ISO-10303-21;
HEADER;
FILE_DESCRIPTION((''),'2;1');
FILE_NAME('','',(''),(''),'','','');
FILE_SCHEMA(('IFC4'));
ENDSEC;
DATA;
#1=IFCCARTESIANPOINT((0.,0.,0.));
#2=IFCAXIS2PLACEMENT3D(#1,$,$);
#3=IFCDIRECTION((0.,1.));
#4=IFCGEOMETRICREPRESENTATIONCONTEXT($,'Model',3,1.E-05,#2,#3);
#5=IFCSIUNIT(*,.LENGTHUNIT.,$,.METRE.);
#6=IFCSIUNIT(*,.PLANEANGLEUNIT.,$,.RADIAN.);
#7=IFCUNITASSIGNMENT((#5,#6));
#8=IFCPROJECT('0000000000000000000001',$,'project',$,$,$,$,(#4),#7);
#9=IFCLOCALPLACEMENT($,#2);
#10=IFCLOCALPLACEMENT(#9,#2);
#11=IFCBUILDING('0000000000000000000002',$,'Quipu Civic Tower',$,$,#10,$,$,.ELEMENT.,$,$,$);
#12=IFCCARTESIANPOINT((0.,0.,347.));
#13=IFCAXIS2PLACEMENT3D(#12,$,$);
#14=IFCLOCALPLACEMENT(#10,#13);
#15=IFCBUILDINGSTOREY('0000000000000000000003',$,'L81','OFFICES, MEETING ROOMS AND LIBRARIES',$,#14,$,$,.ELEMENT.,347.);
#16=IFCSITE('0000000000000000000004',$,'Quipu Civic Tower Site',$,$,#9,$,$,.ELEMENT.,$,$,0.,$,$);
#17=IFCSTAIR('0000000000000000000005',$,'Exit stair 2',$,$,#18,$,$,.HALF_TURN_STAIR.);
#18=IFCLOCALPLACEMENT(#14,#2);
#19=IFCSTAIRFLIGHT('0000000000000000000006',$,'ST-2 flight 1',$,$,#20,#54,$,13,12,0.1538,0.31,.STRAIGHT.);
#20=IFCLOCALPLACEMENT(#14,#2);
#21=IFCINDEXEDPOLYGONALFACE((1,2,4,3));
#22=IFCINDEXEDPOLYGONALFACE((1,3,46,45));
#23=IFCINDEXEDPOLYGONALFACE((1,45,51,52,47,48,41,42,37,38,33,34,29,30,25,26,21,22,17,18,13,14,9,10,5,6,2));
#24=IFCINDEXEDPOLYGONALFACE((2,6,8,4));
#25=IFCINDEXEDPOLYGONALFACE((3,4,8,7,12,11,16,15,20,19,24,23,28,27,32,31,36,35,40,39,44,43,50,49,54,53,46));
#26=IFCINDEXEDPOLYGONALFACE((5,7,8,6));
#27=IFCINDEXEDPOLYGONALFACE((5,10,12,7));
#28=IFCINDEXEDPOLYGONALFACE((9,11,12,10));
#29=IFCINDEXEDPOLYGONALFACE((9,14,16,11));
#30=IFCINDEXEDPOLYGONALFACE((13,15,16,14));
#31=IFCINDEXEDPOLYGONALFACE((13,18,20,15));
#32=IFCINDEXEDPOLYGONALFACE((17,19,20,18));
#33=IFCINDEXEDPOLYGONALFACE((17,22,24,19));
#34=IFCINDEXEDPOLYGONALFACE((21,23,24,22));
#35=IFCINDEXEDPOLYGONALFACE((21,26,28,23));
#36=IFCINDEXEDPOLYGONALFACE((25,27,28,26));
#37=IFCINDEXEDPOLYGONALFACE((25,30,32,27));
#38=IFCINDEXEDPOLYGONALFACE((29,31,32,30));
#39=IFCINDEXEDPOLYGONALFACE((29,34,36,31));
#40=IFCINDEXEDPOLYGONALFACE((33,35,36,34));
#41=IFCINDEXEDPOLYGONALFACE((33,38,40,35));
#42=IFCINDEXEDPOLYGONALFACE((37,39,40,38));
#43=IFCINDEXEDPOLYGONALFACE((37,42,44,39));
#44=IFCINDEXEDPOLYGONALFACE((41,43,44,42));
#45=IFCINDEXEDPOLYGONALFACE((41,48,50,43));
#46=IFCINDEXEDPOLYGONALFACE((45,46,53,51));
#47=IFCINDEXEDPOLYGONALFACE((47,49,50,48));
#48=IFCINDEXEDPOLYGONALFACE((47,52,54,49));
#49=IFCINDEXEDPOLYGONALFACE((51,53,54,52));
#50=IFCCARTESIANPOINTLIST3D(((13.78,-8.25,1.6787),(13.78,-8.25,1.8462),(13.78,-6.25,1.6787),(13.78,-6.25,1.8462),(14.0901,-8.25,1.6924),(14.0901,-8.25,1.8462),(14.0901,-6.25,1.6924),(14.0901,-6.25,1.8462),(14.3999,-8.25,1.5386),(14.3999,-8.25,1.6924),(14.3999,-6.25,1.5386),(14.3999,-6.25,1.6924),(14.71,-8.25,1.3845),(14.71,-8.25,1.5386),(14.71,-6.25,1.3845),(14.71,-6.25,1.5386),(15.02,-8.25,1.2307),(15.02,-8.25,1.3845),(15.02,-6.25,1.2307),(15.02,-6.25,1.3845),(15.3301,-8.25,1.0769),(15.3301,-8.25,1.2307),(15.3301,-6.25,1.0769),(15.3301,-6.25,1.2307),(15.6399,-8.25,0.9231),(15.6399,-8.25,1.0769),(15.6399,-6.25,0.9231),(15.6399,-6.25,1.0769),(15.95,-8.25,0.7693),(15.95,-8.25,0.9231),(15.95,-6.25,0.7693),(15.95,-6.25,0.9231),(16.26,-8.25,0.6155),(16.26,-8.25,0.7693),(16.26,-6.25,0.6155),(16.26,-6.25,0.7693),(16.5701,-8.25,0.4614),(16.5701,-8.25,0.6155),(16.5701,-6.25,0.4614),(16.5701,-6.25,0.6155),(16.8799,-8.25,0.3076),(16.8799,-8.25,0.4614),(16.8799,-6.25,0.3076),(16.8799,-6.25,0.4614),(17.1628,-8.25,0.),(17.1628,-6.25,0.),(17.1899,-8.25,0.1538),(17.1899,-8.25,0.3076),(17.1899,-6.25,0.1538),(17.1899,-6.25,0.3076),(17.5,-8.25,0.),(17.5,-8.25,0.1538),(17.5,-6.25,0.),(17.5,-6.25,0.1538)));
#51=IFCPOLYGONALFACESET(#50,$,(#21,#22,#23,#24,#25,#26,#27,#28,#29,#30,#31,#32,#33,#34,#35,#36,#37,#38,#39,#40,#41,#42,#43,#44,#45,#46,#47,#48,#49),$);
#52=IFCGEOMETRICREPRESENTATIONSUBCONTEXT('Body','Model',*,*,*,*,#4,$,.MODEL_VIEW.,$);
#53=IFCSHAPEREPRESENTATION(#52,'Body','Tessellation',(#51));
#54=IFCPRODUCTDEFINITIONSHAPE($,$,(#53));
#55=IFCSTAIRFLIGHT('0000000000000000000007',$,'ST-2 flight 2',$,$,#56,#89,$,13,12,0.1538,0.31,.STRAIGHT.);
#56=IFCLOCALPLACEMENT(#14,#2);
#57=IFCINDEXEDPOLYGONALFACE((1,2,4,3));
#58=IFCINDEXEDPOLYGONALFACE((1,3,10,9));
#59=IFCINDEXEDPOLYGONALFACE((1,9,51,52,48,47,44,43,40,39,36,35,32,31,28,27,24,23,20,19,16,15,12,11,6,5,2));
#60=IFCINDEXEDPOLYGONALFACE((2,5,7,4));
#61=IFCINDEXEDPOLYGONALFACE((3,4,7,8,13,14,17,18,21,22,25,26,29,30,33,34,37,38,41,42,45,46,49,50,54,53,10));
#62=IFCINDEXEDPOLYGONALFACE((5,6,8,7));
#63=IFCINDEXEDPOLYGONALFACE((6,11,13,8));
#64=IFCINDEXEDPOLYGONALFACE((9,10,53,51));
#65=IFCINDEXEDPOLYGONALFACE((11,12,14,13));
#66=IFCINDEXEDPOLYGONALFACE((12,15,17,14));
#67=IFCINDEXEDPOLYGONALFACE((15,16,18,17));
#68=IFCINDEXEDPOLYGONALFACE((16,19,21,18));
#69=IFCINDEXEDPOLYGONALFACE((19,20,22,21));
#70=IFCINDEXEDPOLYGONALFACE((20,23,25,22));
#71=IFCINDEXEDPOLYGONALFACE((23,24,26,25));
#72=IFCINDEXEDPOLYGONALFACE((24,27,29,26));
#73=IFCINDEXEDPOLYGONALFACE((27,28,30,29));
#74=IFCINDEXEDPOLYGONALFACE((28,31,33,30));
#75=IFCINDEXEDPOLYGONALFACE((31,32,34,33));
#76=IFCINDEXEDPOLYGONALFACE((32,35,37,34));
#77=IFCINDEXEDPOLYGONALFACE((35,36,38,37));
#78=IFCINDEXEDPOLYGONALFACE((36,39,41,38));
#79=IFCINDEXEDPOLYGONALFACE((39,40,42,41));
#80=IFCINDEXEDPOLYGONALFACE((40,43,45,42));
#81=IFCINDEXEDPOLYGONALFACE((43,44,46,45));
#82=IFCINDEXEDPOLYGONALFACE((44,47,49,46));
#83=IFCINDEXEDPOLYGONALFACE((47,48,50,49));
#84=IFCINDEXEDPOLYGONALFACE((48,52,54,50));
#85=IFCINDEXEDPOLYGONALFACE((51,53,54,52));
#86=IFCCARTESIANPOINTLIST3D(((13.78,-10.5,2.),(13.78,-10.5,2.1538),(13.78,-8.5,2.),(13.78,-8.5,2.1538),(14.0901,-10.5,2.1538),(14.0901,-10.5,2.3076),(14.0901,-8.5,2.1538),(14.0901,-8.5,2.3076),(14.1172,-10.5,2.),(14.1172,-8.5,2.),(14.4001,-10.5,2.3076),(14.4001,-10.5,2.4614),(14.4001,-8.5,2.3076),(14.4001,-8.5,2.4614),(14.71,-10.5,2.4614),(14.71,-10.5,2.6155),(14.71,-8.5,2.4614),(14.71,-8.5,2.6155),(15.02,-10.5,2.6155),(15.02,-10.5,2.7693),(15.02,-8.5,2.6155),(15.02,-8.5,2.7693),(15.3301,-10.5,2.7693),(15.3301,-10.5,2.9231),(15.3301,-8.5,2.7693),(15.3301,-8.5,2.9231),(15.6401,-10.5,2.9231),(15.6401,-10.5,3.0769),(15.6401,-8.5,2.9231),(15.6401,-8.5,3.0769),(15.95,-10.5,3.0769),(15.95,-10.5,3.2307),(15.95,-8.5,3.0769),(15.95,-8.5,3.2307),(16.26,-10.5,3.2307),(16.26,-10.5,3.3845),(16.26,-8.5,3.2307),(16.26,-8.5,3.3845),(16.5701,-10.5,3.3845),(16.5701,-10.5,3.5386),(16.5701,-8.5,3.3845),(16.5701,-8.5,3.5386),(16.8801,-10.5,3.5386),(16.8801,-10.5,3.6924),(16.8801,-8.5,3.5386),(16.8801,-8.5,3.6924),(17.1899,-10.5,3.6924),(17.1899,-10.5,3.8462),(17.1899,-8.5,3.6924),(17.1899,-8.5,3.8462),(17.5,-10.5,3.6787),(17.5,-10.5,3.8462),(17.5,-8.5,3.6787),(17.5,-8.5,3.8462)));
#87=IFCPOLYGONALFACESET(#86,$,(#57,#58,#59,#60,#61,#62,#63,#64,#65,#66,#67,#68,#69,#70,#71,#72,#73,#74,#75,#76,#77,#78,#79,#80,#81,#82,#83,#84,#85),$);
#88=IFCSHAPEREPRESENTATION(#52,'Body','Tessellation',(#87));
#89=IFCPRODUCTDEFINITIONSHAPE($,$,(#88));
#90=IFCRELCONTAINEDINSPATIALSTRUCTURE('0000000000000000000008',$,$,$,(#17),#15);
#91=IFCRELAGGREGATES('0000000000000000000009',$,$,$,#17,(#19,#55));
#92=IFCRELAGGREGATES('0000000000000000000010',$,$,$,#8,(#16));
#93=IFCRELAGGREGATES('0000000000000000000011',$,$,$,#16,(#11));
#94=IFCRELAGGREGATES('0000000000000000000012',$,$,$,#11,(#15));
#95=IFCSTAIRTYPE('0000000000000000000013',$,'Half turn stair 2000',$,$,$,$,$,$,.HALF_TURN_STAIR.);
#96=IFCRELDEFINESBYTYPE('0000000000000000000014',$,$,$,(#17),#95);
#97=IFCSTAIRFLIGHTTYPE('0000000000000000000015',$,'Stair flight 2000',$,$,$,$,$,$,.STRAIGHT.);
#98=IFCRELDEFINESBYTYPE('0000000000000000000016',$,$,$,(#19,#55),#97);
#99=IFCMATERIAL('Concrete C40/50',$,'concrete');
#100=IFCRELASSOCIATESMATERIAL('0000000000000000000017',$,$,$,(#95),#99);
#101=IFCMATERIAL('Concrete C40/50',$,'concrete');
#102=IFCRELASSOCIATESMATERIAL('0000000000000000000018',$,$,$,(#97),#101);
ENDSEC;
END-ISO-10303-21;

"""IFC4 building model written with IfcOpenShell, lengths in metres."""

from ifc_helpers import new_model, si_unit, direction, frame, origin, place, context, subcontext, project, spatial, polyline, outline, extrude, material, type_object, element, aggregate, save


model = new_model("IFC4")

# Units and contexts
model_context = context("Model", 3, precision=1e-05, world=origin(), true_north=direction((0.0, 1.0)))
body_context = subcontext(model_context, "Body", "Model", "MODEL_VIEW")
ifc_project = project(units=[si_unit("LENGTHUNIT", "METRE"), si_unit("PLANEANGLEUNIT", "RADIAN")], contexts=[model_context])

# Site, building, storey
site_placement = place(None, origin())
site = spatial("IfcSite", under=ifc_project, at=site_placement, Name="Quipu Civic Tower Site", CompositionType="ELEMENT", RefElevation=0.0)
building_placement = place(site_placement, origin())
building = spatial("IfcBuilding", under=site, at=building_placement, Name="Quipu Civic Tower", CompositionType="ELEMENT")
storey_placement = place(building_placement, frame((0.0, 0.0, 347.0)))
storey = spatial("IfcBuildingStorey", under=building, at=storey_placement, Name="L81", Description="OFFICES, MEETING ROOMS AND LIBRARIES", CompositionType="ELEMENT", Elevation=347.0)

# Stair, stair flights
ifc_material_1 = material(Name="Concrete C40/50", Category="concrete")
stair_type = type_object("IfcStairType", Name="Half turn stair 2000", PredefinedType="HALF_TURN_STAIR", material=ifc_material_1)
stair_placement = place(storey_placement, origin())
stair = element("IfcStair", 1, at=stair_placement, inside=storey, type_object=stair_type, Name="Exit stair 2", PredefinedType="HALF_TURN_STAIR")
ifc_material_2 = material(Name="Concrete C40/50", Category="concrete")
stair_flight_type = type_object("IfcStairFlightType", Name="Stair flight 2000", PredefinedType="STRAIGHT", material=ifc_material_2)
stair_flight_1_placement = place(storey_placement, frame((17.5, -7.25, 0.0), z_axis=(0.0, 0.0, 1.0), x_axis=(-1.0, 0.0, 0.0)))
stair_flight_1 = element("IfcStairFlight", 2, at=stair_flight_1_placement, type_object=stair_flight_type, Name="ST-2 flight 1", NumberOfRisers=13, NumberOfTreads=12, PredefinedType="STRAIGHT", RiserHeight=0.1538, TreadLength=0.31, context=body_context, shape_type="SweptSolid", body=[
    extrude(outline(polyline([(0.0, 0.0), (0.0, 0.1538), (0.3101, 0.1538), (0.3101, 0.3076), (0.6201, 0.3076), (0.6201, 0.4614), (0.9299, 0.4614), (0.9299, 0.6155), (1.24, 0.6155), (1.24, 0.7693), (1.55, 0.7693), (1.55, 0.9231), (1.8601, 0.9231), (1.8601, 1.0769), (2.1699, 1.0769), (2.1699, 1.2307), (2.48, 1.2307), (2.48, 1.3845), (2.79, 1.3845), (2.79, 1.5386), (3.1001, 1.5386), (3.1001, 1.6924), (3.4099, 1.6924), (3.4099, 1.8462), (3.72, 1.8462), (3.72, 2.0), (3.72, 1.6787), (0.3372, 0.0), (0.0, 0.0)])), frame((0.0, 1.0, 0.0), z_axis=(0.0, -1.0, 0.0), x_axis=(1.0, 0.0, 0.0)), (0.0, 0.0, 1.0), 2.0),
])
stair_flight_2_placement = place(storey_placement, frame((13.78, -9.5, 2.0), z_axis=(0.0, 0.0, 1.0), x_axis=(1.0, 0.0, 0.0)))
stair_flight_2 = element("IfcStairFlight", 3, at=stair_flight_2_placement, type_object=stair_flight_type, Name="ST-2 flight 2", NumberOfRisers=13, NumberOfTreads=12, PredefinedType="STRAIGHT", RiserHeight=0.1538, TreadLength=0.31, context=body_context, shape_type="SweptSolid", body=[
    extrude(outline(polyline([(0.0, 0.0), (0.0, 0.1538), (0.3101, 0.1538), (0.3101, 0.3076), (0.6201, 0.3076), (0.6201, 0.4614), (0.9299, 0.4614), (0.9299, 0.6155), (1.24, 0.6155), (1.24, 0.7693), (1.55, 0.7693), (1.55, 0.9231), (1.8601, 0.9231), (1.8601, 1.0769), (2.1699, 1.0769), (2.1699, 1.2307), (2.48, 1.2307), (2.48, 1.3845), (2.79, 1.3845), (2.79, 1.5386), (3.1001, 1.5386), (3.1001, 1.6924), (3.4099, 1.6924), (3.4099, 1.8462), (3.72, 1.8462), (3.72, 2.0), (3.72, 1.6787), (0.3372, 0.0), (0.0, 0.0)])), frame((0.0, 1.0, 0.0), z_axis=(0.0, -1.0, 0.0), x_axis=(1.0, 0.0, 0.0)), (0.0, 0.0, 1.0), 2.0),
])
aggregate(stair, [stair_flight_1, stair_flight_2])

save(model, "model.ifc")
